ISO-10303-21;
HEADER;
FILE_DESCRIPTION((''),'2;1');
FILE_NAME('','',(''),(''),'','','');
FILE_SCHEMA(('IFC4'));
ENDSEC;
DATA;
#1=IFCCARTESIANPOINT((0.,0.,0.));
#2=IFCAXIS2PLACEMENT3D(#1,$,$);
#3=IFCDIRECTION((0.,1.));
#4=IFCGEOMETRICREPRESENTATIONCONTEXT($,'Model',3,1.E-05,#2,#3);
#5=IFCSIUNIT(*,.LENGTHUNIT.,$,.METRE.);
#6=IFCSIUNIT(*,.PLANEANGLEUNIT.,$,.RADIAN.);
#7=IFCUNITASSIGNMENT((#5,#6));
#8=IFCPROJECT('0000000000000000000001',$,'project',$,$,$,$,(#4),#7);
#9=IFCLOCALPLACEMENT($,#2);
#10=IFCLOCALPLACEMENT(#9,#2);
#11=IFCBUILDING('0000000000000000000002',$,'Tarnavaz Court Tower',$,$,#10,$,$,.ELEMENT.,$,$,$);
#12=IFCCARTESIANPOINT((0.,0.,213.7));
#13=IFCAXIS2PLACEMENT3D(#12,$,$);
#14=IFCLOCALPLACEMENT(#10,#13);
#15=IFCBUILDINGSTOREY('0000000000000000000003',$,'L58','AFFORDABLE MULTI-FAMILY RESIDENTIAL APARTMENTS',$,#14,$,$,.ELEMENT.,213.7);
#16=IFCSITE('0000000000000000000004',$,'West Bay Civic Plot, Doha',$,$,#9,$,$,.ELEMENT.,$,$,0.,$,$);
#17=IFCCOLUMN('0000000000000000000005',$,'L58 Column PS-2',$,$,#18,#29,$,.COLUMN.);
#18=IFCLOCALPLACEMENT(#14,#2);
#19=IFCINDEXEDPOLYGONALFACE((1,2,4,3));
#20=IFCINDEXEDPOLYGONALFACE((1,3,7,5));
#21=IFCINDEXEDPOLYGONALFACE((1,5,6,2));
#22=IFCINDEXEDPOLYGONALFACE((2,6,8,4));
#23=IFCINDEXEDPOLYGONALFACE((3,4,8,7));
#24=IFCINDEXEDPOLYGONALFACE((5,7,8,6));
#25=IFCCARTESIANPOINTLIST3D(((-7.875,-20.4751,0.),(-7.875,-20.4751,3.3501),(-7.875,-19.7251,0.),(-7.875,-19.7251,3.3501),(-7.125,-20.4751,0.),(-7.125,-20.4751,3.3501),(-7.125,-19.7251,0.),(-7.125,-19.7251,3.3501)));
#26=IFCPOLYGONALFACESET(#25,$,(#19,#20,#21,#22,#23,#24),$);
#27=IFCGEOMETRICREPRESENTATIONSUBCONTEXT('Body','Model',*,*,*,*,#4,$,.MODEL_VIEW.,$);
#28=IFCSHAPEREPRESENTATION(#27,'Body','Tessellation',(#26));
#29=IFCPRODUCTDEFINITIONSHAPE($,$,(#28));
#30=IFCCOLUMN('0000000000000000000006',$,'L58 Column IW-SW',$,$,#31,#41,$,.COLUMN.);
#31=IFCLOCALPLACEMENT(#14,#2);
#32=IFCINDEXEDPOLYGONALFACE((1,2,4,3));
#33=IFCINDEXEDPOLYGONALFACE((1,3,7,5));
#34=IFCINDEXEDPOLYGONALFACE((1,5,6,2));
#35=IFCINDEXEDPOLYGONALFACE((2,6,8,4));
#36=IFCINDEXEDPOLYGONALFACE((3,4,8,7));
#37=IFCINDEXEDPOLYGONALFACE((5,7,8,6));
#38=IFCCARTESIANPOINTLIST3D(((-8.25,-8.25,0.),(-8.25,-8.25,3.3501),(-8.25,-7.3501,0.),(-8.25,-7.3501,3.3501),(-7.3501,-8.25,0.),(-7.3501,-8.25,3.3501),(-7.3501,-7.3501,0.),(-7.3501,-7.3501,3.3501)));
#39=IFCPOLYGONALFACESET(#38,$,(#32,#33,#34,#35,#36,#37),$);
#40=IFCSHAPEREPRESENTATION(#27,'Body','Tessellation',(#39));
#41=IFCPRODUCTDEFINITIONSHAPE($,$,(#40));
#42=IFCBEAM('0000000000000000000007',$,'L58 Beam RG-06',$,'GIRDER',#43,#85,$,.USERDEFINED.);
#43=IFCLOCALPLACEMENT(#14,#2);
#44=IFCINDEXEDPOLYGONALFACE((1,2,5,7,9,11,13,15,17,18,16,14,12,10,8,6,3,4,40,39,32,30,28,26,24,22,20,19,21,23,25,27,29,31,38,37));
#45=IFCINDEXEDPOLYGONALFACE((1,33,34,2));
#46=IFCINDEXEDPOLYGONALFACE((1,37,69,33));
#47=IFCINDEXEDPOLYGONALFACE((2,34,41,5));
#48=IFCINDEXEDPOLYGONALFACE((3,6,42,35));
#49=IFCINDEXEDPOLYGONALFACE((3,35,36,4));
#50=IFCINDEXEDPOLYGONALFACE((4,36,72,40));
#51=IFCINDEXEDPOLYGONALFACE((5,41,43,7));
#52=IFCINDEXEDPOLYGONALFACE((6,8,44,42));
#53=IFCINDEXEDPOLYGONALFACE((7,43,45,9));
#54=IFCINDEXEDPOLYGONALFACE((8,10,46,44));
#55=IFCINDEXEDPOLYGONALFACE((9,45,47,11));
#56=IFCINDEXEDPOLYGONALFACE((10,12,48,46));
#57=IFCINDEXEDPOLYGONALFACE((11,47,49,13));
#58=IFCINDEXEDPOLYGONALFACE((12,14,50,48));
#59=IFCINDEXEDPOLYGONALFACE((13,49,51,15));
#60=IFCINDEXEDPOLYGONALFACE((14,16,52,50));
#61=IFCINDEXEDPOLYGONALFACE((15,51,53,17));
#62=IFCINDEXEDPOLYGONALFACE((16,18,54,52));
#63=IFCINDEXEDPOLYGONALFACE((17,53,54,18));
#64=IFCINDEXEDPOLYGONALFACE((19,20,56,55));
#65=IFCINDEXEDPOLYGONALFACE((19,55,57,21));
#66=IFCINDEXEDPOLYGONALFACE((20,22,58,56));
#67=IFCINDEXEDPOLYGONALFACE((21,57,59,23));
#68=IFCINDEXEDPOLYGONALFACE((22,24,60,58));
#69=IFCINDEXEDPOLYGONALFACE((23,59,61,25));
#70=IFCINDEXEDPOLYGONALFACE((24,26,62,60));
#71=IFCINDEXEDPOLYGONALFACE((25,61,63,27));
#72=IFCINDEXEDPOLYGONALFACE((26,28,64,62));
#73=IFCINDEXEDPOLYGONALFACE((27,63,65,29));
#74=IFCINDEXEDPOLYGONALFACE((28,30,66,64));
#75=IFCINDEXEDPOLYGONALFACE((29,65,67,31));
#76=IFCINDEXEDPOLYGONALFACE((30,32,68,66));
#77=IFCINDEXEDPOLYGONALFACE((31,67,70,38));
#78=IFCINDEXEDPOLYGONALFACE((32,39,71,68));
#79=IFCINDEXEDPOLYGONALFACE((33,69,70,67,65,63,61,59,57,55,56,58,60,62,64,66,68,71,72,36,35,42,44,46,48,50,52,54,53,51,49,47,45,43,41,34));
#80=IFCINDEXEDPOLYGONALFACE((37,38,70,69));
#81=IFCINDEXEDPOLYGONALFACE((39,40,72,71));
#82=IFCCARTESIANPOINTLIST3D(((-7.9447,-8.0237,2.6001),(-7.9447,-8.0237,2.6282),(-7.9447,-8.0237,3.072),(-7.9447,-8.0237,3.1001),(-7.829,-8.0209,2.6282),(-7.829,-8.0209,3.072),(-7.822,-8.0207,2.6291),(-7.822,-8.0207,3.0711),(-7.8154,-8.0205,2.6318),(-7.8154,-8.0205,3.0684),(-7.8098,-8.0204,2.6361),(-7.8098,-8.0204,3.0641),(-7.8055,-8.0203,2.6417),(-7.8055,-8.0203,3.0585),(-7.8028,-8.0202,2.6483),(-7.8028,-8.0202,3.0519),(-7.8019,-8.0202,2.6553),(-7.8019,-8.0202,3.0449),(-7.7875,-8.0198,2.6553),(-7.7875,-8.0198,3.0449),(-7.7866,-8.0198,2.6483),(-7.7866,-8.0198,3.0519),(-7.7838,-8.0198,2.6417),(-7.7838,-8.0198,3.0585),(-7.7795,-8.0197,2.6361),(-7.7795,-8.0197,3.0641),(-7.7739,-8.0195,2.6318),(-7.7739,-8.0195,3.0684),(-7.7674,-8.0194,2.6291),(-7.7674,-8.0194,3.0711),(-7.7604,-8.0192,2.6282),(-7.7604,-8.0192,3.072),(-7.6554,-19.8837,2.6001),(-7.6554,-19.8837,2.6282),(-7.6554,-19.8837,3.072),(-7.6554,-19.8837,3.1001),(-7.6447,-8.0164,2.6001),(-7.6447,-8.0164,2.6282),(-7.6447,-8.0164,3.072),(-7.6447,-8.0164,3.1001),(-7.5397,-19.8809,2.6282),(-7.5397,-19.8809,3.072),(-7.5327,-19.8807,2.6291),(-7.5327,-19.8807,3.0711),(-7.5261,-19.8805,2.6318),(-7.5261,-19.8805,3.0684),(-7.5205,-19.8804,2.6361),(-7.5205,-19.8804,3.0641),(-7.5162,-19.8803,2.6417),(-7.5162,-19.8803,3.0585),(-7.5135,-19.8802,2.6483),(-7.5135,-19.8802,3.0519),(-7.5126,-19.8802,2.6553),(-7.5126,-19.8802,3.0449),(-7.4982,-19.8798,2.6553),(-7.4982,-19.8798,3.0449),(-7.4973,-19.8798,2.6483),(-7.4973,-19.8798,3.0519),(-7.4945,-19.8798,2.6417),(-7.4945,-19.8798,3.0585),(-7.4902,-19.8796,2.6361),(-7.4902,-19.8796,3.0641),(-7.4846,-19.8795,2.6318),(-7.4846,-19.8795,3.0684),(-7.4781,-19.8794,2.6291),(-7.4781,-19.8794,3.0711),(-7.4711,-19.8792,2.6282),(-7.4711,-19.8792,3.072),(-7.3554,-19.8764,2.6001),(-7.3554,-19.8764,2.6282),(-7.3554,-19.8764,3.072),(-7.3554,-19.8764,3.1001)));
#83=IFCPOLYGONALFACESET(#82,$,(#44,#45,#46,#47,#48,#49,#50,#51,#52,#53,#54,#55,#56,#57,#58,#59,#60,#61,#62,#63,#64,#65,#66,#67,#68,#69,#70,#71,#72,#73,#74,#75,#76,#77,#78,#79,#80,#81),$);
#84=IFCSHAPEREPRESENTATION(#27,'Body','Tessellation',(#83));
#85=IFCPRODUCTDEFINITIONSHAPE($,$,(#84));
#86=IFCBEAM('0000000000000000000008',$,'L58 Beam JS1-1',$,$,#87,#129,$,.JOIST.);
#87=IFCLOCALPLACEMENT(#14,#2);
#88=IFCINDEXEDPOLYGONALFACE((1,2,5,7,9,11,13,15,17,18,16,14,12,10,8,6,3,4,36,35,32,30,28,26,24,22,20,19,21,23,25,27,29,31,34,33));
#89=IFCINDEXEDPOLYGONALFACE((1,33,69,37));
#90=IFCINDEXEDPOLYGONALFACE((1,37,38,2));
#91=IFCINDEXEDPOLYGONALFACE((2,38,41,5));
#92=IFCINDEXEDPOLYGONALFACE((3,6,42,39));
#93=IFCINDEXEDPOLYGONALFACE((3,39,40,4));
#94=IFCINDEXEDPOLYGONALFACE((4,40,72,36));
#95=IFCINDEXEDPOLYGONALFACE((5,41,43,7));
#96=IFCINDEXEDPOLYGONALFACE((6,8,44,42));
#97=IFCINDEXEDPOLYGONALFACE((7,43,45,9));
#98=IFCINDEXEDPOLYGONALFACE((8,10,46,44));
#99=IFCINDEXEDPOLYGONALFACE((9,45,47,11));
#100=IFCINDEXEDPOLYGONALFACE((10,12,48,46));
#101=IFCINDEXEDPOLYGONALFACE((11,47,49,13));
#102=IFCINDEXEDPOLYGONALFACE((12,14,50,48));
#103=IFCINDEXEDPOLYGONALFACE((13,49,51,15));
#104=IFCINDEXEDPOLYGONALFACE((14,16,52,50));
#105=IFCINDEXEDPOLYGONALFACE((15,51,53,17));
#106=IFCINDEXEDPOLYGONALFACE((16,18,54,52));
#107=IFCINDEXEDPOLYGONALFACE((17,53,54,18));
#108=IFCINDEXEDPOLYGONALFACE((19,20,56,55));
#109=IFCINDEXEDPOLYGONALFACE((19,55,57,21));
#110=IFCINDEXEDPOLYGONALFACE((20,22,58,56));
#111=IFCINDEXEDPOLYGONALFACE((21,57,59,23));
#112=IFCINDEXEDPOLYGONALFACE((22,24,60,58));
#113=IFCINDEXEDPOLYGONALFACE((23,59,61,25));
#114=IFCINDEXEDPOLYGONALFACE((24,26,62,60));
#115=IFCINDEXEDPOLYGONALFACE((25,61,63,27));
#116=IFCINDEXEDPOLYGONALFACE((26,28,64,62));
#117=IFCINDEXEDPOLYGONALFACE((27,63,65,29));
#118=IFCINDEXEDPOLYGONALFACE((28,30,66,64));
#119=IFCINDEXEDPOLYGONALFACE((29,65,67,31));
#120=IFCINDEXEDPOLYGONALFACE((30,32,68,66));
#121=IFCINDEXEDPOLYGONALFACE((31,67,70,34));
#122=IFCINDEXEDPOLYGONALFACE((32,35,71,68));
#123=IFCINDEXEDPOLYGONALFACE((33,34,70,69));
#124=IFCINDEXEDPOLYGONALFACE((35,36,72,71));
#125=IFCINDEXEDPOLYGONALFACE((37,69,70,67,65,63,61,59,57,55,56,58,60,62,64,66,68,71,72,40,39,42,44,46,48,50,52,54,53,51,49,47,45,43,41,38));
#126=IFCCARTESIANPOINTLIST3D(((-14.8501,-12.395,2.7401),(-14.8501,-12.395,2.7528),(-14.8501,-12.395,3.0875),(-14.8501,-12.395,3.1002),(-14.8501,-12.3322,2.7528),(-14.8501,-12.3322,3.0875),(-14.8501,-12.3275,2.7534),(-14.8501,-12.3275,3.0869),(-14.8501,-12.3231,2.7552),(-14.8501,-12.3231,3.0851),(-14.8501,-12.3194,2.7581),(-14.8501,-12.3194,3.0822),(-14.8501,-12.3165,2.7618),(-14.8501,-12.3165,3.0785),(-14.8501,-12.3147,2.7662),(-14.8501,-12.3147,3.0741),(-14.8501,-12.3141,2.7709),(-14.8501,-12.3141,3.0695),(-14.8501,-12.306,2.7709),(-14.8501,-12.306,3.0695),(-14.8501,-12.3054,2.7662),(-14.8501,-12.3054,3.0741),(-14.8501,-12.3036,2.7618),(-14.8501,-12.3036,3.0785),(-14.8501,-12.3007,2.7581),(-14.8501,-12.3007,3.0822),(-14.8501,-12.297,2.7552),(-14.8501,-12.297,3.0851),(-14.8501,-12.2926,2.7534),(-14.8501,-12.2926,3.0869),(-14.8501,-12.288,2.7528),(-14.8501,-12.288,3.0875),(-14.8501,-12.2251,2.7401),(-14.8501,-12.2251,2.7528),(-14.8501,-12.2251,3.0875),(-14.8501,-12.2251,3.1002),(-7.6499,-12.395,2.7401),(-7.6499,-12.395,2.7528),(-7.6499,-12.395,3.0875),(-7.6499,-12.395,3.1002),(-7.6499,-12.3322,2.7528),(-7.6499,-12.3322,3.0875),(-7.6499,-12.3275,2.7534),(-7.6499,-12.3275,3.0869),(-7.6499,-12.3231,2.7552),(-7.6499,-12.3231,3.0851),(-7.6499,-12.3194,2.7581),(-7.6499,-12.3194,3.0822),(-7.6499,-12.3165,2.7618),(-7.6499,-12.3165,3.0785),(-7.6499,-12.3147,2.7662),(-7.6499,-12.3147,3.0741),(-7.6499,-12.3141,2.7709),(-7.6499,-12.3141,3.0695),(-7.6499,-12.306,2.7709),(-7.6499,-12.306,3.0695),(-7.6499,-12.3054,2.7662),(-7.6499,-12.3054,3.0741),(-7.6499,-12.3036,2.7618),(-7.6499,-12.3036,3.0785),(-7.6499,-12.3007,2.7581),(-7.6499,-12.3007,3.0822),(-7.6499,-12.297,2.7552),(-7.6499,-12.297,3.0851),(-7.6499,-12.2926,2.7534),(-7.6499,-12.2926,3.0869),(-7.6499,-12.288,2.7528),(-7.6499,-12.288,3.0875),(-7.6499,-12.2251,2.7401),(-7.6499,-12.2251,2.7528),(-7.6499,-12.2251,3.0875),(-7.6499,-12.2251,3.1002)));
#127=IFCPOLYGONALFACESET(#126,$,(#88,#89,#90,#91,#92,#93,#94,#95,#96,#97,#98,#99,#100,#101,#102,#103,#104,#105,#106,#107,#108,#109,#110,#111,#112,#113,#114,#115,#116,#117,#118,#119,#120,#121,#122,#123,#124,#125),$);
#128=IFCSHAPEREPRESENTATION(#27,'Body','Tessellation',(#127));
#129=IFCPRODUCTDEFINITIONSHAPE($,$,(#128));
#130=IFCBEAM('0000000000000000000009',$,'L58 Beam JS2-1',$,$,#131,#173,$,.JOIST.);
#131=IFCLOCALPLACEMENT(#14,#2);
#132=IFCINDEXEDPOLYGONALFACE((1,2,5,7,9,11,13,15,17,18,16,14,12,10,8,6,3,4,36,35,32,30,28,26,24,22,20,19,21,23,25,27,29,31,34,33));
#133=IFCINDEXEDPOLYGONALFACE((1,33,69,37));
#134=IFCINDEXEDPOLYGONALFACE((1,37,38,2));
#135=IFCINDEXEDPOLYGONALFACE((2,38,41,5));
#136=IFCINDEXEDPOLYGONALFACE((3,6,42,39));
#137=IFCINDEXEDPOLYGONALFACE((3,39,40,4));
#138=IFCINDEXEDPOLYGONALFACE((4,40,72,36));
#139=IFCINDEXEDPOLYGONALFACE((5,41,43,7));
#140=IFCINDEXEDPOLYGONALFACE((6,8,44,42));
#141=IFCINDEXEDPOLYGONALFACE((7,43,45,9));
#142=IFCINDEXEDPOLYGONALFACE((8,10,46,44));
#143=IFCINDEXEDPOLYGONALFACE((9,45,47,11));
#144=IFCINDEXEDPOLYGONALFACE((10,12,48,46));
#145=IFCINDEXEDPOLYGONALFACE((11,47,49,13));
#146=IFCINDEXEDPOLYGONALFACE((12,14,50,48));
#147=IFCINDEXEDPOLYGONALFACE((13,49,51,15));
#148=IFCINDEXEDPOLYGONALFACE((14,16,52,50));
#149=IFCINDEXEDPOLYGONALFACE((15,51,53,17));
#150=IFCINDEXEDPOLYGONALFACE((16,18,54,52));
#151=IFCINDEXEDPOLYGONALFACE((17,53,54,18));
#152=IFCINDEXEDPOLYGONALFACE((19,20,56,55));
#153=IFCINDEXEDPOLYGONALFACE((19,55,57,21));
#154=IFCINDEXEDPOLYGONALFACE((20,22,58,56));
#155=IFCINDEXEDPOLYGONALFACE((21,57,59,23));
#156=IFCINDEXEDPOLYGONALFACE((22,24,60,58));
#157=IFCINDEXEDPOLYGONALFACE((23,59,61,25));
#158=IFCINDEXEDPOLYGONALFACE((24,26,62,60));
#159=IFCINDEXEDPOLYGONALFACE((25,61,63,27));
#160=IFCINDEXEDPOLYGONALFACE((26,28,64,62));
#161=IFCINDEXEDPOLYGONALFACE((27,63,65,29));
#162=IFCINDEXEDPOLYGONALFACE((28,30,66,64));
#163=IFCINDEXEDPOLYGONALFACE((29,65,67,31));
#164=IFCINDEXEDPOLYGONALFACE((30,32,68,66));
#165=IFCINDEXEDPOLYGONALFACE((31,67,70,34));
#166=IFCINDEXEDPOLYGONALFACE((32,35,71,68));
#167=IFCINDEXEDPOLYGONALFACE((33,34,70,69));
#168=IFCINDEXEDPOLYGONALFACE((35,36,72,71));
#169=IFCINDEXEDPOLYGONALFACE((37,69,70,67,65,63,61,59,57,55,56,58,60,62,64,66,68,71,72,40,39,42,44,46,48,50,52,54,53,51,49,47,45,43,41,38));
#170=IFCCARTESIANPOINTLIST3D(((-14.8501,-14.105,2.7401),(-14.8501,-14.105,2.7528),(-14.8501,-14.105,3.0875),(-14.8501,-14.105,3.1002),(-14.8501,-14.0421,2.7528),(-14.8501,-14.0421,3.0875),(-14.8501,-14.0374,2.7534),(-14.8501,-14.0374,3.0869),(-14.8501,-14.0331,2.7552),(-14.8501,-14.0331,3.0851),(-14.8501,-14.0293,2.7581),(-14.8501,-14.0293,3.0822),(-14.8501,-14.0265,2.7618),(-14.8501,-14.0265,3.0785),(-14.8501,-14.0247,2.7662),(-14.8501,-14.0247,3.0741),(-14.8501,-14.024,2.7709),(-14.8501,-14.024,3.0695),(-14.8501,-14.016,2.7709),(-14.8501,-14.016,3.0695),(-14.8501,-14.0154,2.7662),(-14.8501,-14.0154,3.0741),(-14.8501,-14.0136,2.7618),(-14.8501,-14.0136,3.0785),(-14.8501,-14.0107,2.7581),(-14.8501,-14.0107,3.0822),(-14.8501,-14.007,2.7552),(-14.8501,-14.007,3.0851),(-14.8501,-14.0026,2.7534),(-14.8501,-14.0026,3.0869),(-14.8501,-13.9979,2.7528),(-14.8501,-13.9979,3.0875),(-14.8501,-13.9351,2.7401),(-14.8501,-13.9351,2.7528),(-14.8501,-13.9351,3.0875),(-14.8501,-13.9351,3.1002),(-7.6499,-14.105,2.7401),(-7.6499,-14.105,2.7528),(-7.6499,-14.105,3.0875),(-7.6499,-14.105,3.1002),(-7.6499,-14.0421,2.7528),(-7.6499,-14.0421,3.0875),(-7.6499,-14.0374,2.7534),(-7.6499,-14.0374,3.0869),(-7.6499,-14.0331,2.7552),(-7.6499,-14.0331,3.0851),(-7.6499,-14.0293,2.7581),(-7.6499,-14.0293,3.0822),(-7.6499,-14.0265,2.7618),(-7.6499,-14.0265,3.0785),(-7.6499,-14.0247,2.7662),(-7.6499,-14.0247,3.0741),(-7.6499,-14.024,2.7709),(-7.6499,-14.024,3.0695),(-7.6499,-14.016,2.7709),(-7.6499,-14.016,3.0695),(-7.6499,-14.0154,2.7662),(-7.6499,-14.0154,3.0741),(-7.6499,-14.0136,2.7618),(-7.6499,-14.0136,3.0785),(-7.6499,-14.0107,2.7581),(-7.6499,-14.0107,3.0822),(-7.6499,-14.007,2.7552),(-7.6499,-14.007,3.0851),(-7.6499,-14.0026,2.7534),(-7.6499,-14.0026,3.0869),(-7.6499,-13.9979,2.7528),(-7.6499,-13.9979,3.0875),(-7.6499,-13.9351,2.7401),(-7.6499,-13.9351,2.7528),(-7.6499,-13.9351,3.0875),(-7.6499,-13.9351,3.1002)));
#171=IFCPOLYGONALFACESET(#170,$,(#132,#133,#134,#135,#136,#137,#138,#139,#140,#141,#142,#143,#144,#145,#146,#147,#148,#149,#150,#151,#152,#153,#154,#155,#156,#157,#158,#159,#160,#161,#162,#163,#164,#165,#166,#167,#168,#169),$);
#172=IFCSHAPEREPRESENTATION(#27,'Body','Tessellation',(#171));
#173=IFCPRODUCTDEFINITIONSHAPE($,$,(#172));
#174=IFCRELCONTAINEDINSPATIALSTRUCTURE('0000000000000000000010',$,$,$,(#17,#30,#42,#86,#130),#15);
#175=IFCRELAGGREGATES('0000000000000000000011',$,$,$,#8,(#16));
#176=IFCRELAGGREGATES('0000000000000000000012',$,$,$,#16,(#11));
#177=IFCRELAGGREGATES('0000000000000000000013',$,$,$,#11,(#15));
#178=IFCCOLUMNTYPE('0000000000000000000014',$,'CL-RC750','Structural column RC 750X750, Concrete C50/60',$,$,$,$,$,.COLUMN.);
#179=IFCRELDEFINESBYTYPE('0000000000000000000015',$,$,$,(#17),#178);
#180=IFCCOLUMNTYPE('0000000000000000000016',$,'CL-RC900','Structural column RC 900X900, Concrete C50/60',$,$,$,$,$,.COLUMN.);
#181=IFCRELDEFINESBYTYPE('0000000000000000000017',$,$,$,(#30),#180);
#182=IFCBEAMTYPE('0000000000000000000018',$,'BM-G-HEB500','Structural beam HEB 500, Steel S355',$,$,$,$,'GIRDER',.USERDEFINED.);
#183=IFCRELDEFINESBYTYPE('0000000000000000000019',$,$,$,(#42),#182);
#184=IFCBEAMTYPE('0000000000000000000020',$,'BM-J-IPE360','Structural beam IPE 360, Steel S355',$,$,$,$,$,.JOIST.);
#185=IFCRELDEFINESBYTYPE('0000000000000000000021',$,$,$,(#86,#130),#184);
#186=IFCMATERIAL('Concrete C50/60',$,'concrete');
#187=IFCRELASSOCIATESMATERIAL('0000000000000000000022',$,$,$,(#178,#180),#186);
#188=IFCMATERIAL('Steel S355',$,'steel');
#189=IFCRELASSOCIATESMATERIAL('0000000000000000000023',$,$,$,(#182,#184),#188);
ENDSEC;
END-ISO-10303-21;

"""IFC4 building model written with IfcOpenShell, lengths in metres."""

from ifc_helpers import new_model, si_unit, direction, frame, origin, origin_2d, place, context, subcontext, project, spatial, rectangle, i_section, extrude, material, material_profile, profile_set, type_object, element, save


model = new_model("IFC4")

# Units and contexts
model_context = context("Model", 3, precision=1e-05, world=origin(), true_north=direction((0.0, 1.0)))
body_context = subcontext(model_context, "Body", "Model", "MODEL_VIEW")
ifc_project = project(units=[si_unit("LENGTHUNIT", "METRE"), si_unit("PLANEANGLEUNIT", "RADIAN")], contexts=[model_context])

# Site, building, storey
site_placement = place(None, origin())
site = spatial("IfcSite", under=ifc_project, at=site_placement, Name="West Bay Civic Plot, Doha", CompositionType="ELEMENT", RefElevation=0.0)
building_placement = place(site_placement, origin())
building = spatial("IfcBuilding", under=site, at=building_placement, Name="Tarnavaz Court Tower", CompositionType="ELEMENT")
storey_placement = place(building_placement, frame((0.0, 0.0, 213.7)))
storey = spatial("IfcBuildingStorey", under=building, at=storey_placement, Name="L58", Description="AFFORDABLE MULTI-FAMILY RESIDENTIAL APARTMENTS", CompositionType="ELEMENT", Elevation=213.7)

# Columns
ifc_material_1 = material(Name="Concrete C50/60", Category="concrete")
ifc_material_profile_1 = material_profile(ifc_material_1, rectangle(XDim=0.75, YDim=0.75, at=origin_2d()), Name="RC 750X750")
ifc_profile_set_1 = profile_set([ifc_material_profile_1], Name="Concrete C50/60")
column_type_1 = type_object("IfcColumnType", Name="CL-RC750", Description="Structural column RC 750X750, Concrete C50/60", PredefinedType="COLUMN", material=ifc_profile_set_1)
column_1_placement = place(storey_placement, frame((-7.5, -20.1001, 0.0), z_axis=(0.0, 0.0, 1.0), x_axis=(1.0, 0.0, 0.0)))
element("IfcColumn", 1, at=column_1_placement, inside=storey, type_object=column_type_1, Name="L58 Column PS-2", PredefinedType="COLUMN", context=body_context, shape_type="SweptSolid", body=[
    extrude(rectangle(XDim=0.75, YDim=0.75, at=origin_2d()), origin(), (0.0, 0.0, 1.0), 3.3501),
])
ifc_material_profile_2 = material_profile(ifc_material_1, rectangle(XDim=0.8999, YDim=0.8999, at=origin_2d()), Name="RC 900X900")
ifc_profile_set_2 = profile_set([ifc_material_profile_2], Name="Concrete C50/60")
column_type_2 = type_object("IfcColumnType", Name="CL-RC900", Description="Structural column RC 900X900, Concrete C50/60", PredefinedType="COLUMN", material=ifc_profile_set_2)
column_2_placement = place(storey_placement, frame((-7.8, -7.8, 0.0), z_axis=(0.0, 0.0, 1.0), x_axis=(1.0, 0.0, 0.0)))
element("IfcColumn", 2, at=column_2_placement, inside=storey, type_object=column_type_2, Name="L58 Column IW-SW", PredefinedType="COLUMN", context=body_context, shape_type="SweptSolid", body=[
    extrude(rectangle(XDim=0.8999, YDim=0.8999, at=origin_2d()), origin(), (0.0, 0.0, 1.0), 3.3501),
])

# Beams
ifc_material_2 = material(Name="Steel S355", Category="steel")
ifc_material_profile_3 = material_profile(ifc_material_2, i_section(OverallWidth=0.3, OverallDepth=0.5, WebThickness=0.0144, FlangeThickness=0.0281, FilletRadius=0.0271, at=origin_2d()), Name="HEB 500")
ifc_profile_set_3 = profile_set([ifc_material_profile_3], Name="Steel S355")
beam_type_1 = type_object("IfcBeamType", Name="BM-G-HEB500", Description="Structural beam HEB 500, Steel S355", ElementType="GIRDER", PredefinedType="USERDEFINED", material=ifc_profile_set_3)
beam_1_placement = place(storey_placement, frame((-7.7947, -8.02, 2.8501), z_axis=(0.024386, -0.999703, 0.0), x_axis=(0.999703, 0.024386, 0.0)))
element("IfcBeam", 3, at=beam_1_placement, inside=storey, type_object=beam_type_1, Name="L58 Beam RG-06", ObjectType="GIRDER", PredefinedType="USERDEFINED", context=body_context, shape_type="SweptSolid", body=[
    extrude(i_section(OverallWidth=0.3, OverallDepth=0.5, WebThickness=0.0144, FlangeThickness=0.0281, FilletRadius=0.0271, at=origin_2d()), origin(), (0.0, 0.0, 1.0), 11.8635),
])
ifc_material_profile_4 = material_profile(ifc_material_2, i_section(OverallWidth=0.1699, OverallDepth=0.3601, WebThickness=0.0081, FlangeThickness=0.0127, FilletRadius=0.0181, at=origin_2d()), Name="IPE 360")
ifc_profile_set_4 = profile_set([ifc_material_profile_4], Name="Steel S355")
beam_type_2 = type_object("IfcBeamType", Name="BM-J-IPE360", Description="Structural beam IPE 360, Steel S355", PredefinedType="JOIST", material=ifc_profile_set_4)
for number, where, z_axis, x_axis, name in (
    (4, (-14.8501, -12.3101, 2.9202), (1.0, 0.0, 0.0), (0.0, 1.0, 0.0), "L58 Beam JS1-1"),
    (5, (-14.8501, -14.02, 2.9202), (1.0, 0.0, 0.0), (0.0, 1.0, 0.0), "L58 Beam JS2-1"),
):
    element("IfcBeam", number, at=place(storey_placement, frame(where, z_axis=z_axis, x_axis=x_axis)), inside=storey, type_object=beam_type_2, Name=name, PredefinedType="JOIST", context=body_context, shape_type="SweptSolid", body=[
        extrude(i_section(OverallWidth=0.1699, OverallDepth=0.3601, WebThickness=0.0081, FlangeThickness=0.0127, FilletRadius=0.0181, at=origin_2d()), origin(), (0.0, 0.0, 1.0), 7.2002),
    ])

save(model, "model.ifc")
